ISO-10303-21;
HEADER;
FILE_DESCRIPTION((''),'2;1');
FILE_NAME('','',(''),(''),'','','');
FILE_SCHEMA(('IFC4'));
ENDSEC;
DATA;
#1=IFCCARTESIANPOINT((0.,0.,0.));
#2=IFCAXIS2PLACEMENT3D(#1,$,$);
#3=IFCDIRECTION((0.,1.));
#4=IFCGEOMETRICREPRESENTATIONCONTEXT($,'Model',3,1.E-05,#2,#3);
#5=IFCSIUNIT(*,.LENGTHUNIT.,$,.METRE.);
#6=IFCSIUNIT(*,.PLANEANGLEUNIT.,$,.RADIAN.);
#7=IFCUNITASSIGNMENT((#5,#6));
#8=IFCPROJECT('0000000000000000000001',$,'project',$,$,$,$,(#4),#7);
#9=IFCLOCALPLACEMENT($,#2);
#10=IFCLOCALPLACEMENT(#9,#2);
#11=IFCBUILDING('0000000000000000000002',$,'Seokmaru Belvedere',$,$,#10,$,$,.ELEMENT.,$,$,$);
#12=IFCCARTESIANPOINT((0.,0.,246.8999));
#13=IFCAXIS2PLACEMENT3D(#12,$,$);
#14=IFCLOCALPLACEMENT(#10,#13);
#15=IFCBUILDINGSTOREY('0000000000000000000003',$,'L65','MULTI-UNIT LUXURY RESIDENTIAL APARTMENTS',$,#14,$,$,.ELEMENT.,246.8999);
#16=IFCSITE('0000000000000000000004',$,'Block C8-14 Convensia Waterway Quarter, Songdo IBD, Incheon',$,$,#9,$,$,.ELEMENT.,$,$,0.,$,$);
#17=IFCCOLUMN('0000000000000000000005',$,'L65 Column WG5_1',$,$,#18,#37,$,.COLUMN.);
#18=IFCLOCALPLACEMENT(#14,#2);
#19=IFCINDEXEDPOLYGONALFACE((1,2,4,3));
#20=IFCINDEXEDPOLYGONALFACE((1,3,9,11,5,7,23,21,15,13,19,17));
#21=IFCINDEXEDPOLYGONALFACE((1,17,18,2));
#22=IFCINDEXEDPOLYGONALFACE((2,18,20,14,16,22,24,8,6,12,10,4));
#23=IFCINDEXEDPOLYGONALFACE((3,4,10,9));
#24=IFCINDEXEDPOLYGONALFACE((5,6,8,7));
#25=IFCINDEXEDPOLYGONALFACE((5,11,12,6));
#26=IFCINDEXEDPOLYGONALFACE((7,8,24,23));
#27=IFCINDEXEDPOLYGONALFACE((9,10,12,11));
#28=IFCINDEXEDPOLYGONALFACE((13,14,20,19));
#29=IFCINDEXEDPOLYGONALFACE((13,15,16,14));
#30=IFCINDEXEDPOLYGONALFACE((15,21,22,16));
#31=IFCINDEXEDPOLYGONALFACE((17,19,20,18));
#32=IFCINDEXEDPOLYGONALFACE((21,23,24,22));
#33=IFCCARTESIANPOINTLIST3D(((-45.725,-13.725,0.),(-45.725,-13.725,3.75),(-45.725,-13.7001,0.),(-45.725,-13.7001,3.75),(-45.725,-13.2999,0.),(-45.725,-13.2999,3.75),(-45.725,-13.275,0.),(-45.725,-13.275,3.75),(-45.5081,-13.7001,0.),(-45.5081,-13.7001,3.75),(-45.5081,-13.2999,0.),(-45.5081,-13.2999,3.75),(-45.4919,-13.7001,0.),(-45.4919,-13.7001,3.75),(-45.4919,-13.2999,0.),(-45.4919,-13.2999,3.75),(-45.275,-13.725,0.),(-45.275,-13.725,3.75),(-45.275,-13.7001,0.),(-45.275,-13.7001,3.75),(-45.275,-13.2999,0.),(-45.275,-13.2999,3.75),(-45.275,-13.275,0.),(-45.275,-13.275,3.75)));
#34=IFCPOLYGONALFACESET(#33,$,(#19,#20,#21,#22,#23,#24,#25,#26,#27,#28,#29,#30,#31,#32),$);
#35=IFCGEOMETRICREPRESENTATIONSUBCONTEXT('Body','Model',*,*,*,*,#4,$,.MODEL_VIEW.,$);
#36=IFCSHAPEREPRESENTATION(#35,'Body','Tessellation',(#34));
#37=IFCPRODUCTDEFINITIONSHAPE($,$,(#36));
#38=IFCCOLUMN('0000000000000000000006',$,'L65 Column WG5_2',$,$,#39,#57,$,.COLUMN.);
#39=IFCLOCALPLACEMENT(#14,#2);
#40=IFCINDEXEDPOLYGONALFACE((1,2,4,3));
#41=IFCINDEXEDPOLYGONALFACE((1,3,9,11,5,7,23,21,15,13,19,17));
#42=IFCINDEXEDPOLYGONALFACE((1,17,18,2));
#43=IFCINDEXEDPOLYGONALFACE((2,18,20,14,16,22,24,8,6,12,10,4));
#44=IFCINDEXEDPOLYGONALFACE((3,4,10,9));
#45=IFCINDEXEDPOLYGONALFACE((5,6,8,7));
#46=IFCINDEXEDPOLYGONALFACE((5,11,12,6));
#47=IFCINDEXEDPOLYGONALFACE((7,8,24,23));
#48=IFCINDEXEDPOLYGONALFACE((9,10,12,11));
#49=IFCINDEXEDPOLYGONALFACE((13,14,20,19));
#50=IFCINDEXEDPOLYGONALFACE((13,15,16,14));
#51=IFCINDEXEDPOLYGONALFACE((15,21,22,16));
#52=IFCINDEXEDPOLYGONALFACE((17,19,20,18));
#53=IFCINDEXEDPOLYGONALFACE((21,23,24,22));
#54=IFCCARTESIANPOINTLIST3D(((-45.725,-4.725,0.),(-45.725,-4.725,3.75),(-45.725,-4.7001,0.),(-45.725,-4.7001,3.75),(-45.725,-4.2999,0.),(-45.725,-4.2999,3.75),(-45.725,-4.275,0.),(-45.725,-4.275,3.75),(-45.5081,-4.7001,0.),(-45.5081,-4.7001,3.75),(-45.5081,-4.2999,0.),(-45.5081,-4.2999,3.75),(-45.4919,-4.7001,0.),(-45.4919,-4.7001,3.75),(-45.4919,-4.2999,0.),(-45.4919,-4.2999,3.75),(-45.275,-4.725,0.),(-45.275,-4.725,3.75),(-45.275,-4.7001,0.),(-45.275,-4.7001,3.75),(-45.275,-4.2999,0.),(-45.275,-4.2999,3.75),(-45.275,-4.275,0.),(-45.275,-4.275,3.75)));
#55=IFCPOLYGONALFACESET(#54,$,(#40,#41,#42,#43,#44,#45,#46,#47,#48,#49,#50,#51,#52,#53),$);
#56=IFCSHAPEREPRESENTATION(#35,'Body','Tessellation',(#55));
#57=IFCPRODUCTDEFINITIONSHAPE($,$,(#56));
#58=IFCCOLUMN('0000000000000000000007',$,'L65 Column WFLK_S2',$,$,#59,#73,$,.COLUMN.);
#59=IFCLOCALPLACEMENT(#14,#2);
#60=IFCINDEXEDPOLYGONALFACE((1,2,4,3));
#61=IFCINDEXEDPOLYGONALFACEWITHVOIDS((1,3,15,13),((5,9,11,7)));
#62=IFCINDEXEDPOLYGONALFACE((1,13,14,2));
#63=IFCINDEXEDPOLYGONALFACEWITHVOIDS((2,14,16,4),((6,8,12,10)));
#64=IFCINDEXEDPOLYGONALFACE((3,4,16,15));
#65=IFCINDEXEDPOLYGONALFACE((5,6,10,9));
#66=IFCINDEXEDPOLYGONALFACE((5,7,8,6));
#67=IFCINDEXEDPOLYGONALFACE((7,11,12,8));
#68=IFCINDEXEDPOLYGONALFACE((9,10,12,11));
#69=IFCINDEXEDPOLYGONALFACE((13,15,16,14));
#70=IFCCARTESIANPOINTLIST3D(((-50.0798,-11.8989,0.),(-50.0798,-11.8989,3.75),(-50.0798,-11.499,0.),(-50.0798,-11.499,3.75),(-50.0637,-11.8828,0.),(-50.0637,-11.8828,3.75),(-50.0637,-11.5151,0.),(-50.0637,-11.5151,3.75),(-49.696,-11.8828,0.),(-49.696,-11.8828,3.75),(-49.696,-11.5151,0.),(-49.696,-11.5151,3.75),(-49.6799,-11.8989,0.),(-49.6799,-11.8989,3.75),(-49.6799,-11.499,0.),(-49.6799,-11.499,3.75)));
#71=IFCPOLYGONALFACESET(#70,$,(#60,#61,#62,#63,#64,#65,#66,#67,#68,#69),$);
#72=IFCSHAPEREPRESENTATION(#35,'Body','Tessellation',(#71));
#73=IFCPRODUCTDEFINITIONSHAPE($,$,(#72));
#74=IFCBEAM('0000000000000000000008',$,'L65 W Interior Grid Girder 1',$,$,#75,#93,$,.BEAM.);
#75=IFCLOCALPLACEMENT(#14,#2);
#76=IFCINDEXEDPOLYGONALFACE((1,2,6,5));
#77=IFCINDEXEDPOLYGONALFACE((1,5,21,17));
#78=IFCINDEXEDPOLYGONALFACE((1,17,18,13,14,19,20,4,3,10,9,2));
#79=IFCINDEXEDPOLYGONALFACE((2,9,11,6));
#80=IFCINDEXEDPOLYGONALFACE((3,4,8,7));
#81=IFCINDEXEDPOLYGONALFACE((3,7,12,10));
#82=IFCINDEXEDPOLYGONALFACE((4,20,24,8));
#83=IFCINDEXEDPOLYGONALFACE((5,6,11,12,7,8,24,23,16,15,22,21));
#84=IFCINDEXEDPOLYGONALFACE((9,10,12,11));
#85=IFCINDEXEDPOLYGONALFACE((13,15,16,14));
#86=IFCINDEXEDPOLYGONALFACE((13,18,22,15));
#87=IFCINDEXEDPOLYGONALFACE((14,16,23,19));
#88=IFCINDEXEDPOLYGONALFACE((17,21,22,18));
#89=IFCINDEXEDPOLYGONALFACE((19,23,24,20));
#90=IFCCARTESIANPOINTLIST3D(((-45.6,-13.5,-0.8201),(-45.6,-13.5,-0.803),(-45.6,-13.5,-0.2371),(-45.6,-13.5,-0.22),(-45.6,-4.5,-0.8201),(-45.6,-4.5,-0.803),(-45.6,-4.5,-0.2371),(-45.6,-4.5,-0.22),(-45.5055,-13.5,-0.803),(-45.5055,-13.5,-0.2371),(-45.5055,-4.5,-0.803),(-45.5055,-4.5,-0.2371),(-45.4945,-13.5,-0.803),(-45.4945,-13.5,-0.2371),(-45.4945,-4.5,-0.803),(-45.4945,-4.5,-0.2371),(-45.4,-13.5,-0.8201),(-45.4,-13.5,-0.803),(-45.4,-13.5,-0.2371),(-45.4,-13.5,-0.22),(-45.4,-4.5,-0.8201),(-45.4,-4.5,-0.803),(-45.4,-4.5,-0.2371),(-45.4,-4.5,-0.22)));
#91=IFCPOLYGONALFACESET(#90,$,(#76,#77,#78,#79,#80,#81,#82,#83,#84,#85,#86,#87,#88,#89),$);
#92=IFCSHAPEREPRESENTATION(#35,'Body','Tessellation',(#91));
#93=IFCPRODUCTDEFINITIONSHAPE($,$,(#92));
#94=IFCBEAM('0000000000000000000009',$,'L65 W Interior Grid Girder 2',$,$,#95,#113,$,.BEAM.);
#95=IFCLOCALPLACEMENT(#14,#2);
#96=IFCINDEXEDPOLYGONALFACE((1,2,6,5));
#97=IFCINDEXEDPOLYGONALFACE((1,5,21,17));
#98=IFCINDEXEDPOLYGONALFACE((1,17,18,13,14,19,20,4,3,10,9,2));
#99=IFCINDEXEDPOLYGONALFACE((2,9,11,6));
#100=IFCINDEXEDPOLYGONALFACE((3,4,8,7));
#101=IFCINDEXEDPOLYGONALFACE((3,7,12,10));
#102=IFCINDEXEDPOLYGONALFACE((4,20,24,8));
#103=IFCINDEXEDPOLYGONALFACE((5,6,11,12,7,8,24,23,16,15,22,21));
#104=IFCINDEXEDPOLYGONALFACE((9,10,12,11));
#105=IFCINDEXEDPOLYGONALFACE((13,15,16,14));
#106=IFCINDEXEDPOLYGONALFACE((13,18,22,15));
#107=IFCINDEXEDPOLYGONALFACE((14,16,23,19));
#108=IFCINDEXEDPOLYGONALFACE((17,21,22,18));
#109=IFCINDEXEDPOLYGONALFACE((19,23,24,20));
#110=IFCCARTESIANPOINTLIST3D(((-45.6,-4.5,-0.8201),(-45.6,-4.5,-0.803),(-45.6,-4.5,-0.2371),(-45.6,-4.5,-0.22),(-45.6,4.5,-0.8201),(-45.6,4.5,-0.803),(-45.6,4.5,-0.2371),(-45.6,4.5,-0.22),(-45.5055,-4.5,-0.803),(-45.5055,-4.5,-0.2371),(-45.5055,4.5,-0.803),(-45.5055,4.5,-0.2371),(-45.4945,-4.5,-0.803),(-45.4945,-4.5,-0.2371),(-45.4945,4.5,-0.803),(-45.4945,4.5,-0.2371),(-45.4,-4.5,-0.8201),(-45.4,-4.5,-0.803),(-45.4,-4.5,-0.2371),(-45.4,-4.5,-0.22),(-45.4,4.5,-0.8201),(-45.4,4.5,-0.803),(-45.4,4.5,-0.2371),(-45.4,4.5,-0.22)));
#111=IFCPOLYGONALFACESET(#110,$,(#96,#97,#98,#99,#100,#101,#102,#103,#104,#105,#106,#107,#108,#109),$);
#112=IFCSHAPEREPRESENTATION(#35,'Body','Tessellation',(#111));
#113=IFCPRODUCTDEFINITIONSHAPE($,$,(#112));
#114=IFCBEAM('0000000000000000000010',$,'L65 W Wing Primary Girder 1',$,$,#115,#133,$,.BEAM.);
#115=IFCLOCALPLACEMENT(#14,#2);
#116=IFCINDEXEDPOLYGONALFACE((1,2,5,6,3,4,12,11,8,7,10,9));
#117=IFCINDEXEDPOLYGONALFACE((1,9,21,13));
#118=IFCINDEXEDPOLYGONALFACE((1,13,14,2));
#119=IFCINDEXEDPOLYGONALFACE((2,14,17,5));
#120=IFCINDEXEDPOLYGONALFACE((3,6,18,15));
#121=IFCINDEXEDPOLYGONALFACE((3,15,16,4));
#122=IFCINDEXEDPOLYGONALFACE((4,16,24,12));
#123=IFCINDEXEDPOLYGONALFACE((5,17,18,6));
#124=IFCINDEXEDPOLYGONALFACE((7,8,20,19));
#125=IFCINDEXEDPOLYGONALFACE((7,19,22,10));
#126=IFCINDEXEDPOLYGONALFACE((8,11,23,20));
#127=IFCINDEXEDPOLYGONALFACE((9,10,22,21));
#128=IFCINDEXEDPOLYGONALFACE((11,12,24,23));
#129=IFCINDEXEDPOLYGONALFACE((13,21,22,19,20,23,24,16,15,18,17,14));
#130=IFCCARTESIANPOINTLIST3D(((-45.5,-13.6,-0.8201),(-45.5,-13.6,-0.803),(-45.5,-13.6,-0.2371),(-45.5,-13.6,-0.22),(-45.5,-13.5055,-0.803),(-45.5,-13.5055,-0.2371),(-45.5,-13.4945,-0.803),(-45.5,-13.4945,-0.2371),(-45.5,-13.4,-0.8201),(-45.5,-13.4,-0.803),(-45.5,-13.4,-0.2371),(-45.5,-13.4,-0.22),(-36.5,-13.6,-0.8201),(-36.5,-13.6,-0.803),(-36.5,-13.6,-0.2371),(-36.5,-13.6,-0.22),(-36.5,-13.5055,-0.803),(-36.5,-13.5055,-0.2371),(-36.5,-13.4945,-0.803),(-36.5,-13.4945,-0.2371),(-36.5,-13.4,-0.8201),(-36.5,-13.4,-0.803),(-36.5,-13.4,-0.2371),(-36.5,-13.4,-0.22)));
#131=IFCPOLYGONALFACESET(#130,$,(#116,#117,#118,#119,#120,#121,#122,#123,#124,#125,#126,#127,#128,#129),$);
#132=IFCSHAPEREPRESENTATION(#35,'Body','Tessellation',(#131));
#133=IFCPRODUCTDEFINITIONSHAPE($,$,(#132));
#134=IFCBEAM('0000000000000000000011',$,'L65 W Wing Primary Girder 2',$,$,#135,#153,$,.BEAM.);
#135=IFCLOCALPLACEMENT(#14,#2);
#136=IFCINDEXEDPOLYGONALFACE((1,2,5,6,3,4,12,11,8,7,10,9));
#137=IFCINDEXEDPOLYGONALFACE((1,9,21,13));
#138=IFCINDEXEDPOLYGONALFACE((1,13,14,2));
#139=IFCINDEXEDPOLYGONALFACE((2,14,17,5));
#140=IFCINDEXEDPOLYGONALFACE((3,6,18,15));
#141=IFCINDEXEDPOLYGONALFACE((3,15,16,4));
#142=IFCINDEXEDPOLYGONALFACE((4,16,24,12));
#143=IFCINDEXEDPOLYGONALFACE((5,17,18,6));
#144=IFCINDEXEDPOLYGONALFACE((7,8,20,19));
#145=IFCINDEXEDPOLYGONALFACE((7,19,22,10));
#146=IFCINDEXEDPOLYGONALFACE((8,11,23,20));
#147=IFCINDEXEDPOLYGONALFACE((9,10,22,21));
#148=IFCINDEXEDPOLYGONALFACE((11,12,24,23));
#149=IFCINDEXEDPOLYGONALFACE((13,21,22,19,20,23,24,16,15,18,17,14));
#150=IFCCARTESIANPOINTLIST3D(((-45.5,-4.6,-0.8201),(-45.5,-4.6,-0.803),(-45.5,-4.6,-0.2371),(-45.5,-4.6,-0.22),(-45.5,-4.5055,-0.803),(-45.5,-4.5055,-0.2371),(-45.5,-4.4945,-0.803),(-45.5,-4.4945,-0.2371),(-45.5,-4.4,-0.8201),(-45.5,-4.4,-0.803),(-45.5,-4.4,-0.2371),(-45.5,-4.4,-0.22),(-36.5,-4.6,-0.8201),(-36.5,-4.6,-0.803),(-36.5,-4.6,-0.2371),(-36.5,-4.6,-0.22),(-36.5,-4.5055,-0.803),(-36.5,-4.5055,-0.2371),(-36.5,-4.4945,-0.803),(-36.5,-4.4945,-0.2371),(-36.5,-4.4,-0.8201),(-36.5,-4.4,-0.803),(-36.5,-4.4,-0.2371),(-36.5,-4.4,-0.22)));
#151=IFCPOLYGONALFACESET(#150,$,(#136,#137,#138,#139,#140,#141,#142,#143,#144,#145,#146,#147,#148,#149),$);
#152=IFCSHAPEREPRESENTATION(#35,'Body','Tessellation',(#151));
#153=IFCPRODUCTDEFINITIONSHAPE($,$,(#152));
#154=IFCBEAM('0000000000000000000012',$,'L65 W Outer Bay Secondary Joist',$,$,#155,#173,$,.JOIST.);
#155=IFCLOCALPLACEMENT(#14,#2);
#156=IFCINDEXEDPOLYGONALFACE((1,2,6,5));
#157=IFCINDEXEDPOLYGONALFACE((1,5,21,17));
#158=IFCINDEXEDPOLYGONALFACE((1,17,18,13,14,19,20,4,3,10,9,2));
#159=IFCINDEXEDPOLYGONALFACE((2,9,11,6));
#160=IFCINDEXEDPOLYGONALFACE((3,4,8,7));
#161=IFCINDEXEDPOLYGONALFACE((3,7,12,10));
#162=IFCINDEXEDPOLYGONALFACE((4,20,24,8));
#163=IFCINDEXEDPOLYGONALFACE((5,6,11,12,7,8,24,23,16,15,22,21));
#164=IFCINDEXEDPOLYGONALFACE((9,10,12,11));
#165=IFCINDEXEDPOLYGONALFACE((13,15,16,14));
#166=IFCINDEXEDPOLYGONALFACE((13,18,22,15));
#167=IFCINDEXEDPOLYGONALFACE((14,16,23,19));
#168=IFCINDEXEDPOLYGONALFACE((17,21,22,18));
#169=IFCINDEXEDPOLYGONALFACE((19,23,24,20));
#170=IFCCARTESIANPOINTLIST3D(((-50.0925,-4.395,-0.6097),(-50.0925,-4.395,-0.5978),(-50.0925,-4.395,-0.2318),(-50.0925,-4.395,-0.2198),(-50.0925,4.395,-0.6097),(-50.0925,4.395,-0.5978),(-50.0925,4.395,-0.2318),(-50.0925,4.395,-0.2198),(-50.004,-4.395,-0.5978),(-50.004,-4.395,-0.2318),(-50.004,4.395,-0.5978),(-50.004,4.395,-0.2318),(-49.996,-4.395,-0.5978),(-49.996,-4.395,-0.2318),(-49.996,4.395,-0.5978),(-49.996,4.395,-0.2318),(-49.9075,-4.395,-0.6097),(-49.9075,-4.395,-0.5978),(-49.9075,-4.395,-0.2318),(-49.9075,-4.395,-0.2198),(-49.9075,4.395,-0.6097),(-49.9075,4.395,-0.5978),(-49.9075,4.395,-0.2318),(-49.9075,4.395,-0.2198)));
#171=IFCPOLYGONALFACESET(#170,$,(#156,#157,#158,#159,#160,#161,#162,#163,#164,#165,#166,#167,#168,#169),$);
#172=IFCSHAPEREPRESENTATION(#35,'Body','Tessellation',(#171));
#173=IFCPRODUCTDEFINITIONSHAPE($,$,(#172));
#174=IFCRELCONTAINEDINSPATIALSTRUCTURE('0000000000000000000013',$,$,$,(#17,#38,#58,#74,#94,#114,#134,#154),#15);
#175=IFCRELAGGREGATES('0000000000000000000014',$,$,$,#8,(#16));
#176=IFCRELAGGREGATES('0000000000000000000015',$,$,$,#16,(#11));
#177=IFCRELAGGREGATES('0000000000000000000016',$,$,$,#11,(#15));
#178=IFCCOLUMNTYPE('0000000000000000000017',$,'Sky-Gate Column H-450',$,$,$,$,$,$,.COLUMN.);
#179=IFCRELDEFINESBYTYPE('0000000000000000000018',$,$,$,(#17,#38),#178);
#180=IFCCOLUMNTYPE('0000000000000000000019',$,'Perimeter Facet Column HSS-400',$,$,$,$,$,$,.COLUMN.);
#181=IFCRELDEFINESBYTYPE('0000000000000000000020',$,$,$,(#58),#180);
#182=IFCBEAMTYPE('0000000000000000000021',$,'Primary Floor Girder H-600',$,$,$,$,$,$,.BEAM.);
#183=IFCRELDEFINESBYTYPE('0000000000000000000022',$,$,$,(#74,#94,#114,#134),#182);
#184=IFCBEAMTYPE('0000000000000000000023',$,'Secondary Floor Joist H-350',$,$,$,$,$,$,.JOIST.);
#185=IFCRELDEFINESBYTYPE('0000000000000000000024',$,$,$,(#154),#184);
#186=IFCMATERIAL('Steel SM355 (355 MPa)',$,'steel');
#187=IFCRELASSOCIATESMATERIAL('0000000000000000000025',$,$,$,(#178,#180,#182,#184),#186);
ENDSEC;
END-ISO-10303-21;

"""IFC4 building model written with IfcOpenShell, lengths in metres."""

from ifc_helpers import new_model, si_unit, direction, frame, origin, origin_2d, place, context, subcontext, project, spatial, hollow_rectangle, i_section, extrude, source, transform, mapped, material, material_profile, profile_set, type_object, type_shapes, element, save


model = new_model("IFC4")

# Units and contexts
model_context = context("Model", 3, precision=1e-05, world=origin(), true_north=direction((0.0, 1.0)))
body_context = subcontext(model_context, "Body", "Model", "MODEL_VIEW")
ifc_project = project(units=[si_unit("LENGTHUNIT", "METRE"), si_unit("PLANEANGLEUNIT", "RADIAN")], contexts=[model_context])

# Site, building, storey
site_placement = place(None, origin())
site = spatial("IfcSite", under=ifc_project, at=site_placement, Name="Block C8-14 Convensia Waterway Quarter, Songdo IBD, Incheon", CompositionType="ELEMENT", RefElevation=0.0)
building_placement = place(site_placement, origin())
building = spatial("IfcBuilding", under=site, at=building_placement, Name="Seokmaru Belvedere", CompositionType="ELEMENT")
storey_placement = place(building_placement, frame((0.0, 0.0, 246.8999)))
storey = spatial("IfcBuildingStorey", under=building, at=storey_placement, Name="L65", Description="MULTI-UNIT LUXURY RESIDENTIAL APARTMENTS", CompositionType="ELEMENT", Elevation=246.8999)

# Columns
ifc_material_1 = material(Name="Steel SM355 (355 MPa)", Category="steel")
ifc_material_profile_1 = material_profile(ifc_material_1, i_section(OverallWidth=0.45, OverallDepth=0.45, WebThickness=0.0161, FlangeThickness=0.0249, at=origin_2d()), Name="H-450x450x16x25")
ifc_profile_set_1 = profile_set([ifc_material_profile_1], Name="Steel SM355 (355 MPa)")
column_type_1 = type_object("IfcColumnType", Name="Sky-Gate Column H-450", PredefinedType="COLUMN", material=ifc_profile_set_1)
shared_shape_1 = source(origin(), body_context, "Body", "SweptSolid", [
    extrude(i_section(OverallWidth=0.45, OverallDepth=0.45, WebThickness=0.0161, FlangeThickness=0.0249, at=origin_2d()), origin(), (0.0, 0.0, 1.0), 3.75),
])
type_shapes(column_type_1, [shared_shape_1])
for number, where, z_axis, x_axis, name in (
    (1, (-45.5, -13.5, 0.0), (0.0, 0.0, 1.0), (1.0, 0.0, 0.0), "L65 Column WG5_1"),
    (2, (-45.5, -4.5, 0.0), (0.0, 0.0, 1.0), (1.0, 0.0, 0.0), "L65 Column WG5_2"),
):
    element("IfcColumn", number, at=place(storey_placement, frame(where, z_axis=z_axis, x_axis=x_axis)), inside=storey, type_object=column_type_1, Name=name, PredefinedType="COLUMN", context=body_context, shape_type="MappedRepresentation", body=[
        mapped(shared_shape_1, transform((0.0, 0.0, 0.0), scale=1.0)),
    ])
ifc_material_profile_2 = material_profile(ifc_material_1, hollow_rectangle(XDim=0.3999, YDim=0.3999, WallThickness=0.0161, at=origin_2d()), Name="HSS-400x400x16")
ifc_profile_set_2 = profile_set([ifc_material_profile_2], Name="Steel SM355 (355 MPa)")
column_type_2 = type_object("IfcColumnType", Name="Perimeter Facet Column HSS-400", PredefinedType="COLUMN", material=ifc_profile_set_2)
shared_shape_2 = source(origin(), body_context, "Body", "SweptSolid", [
    extrude(hollow_rectangle(XDim=0.3999, YDim=0.3999, WallThickness=0.0161, at=origin_2d()), origin(), (0.0, 0.0, 1.0), 3.75),
])
type_shapes(column_type_2, [shared_shape_2])
column_placement = place(storey_placement, frame((-49.8799, -11.699, 0.0), z_axis=(0.0, 0.0, 1.0), x_axis=(1.0, 0.0, 0.0)))
element("IfcColumn", 3, at=column_placement, inside=storey, type_object=column_type_2, Name="L65 Column WFLK_S2", PredefinedType="COLUMN", context=body_context, shape_type="MappedRepresentation", body=[
    mapped(shared_shape_2, transform((0.0, 0.0, 0.0), scale=1.0)),
])

# Beams
ifc_material_profile_3 = material_profile(ifc_material_1, i_section(OverallWidth=0.2, OverallDepth=0.6001, WebThickness=0.011, FlangeThickness=0.0171, at=origin_2d()), Name="H-600x200x11x17")
ifc_profile_set_3 = profile_set([ifc_material_profile_3], Name="Steel SM355 (355 MPa)")
beam_type_1 = type_object("IfcBeamType", Name="Primary Floor Girder H-600", PredefinedType="BEAM", material=ifc_profile_set_3)
shared_shape_3 = source(origin(), body_context, "Body", "SweptSolid", [
    extrude(i_section(OverallWidth=0.2, OverallDepth=0.6001, WebThickness=0.011, FlangeThickness=0.0171, at=origin_2d()), origin(), (0.0, 0.0, 1.0), 9.0),
])
for number, where, z_axis, x_axis, name in (
    (4, (-45.5, -13.5, -0.52), (0.0, 1.0, 0.0), (-1.0, 0.0, 0.0), "L65 W Interior Grid Girder 1"),
    (5, (-45.5, -4.5, -0.52), (0.0, 1.0, 0.0), (-1.0, 0.0, 0.0), "L65 W Interior Grid Girder 2"),
    (6, (-45.5, -13.5, -0.52), (1.0, 0.0, 0.0), (0.0, 1.0, 0.0), "L65 W Wing Primary Girder 1"),
    (7, (-45.5, -4.5, -0.52), (1.0, 0.0, 0.0), (0.0, 1.0, 0.0), "L65 W Wing Primary Girder 2"),
):
    element("IfcBeam", number, at=place(storey_placement, frame(where, z_axis=z_axis, x_axis=x_axis)), inside=storey, type_object=beam_type_1, Name=name, PredefinedType="BEAM", context=body_context, shape_type="MappedRepresentation", body=[
        mapped(shared_shape_3, transform((0.0, 0.0, 0.0), scale=1.0)),
    ])
ifc_material_profile_4 = material_profile(ifc_material_1, i_section(OverallWidth=0.1851, OverallDepth=0.3899, WebThickness=0.0081, FlangeThickness=0.012, at=origin_2d()), Name="H-390x185x8x12")
ifc_profile_set_4 = profile_set([ifc_material_profile_4], Name="Steel SM355 (355 MPa)")
beam_type_2 = type_object("IfcBeamType", Name="Secondary Floor Joist H-350", PredefinedType="JOIST", material=ifc_profile_set_4)
shared_shape_4 = source(origin(), body_context, "Body", "SweptSolid", [
    extrude(i_section(OverallWidth=0.1851, OverallDepth=0.3899, WebThickness=0.0081, FlangeThickness=0.012, at=origin_2d()), origin(), (0.0, 0.0, 1.0), 8.79),
])
type_shapes(beam_type_2, [shared_shape_4])
beam_1_placement = place(storey_placement, frame((-50.0, -4.395, -0.4148), z_axis=(0.0, 1.0, 0.0), x_axis=(-1.0, 0.0, 0.0)))
element("IfcBeam", 8, at=beam_1_placement, inside=storey, type_object=beam_type_2, Name="L65 W Outer Bay Secondary Joist", PredefinedType="JOIST", context=body_context, shape_type="MappedRepresentation", body=[
    mapped(shared_shape_4, transform((0.0, 0.0, 0.0), scale=1.0)),
])

save(model, "model.ifc")
